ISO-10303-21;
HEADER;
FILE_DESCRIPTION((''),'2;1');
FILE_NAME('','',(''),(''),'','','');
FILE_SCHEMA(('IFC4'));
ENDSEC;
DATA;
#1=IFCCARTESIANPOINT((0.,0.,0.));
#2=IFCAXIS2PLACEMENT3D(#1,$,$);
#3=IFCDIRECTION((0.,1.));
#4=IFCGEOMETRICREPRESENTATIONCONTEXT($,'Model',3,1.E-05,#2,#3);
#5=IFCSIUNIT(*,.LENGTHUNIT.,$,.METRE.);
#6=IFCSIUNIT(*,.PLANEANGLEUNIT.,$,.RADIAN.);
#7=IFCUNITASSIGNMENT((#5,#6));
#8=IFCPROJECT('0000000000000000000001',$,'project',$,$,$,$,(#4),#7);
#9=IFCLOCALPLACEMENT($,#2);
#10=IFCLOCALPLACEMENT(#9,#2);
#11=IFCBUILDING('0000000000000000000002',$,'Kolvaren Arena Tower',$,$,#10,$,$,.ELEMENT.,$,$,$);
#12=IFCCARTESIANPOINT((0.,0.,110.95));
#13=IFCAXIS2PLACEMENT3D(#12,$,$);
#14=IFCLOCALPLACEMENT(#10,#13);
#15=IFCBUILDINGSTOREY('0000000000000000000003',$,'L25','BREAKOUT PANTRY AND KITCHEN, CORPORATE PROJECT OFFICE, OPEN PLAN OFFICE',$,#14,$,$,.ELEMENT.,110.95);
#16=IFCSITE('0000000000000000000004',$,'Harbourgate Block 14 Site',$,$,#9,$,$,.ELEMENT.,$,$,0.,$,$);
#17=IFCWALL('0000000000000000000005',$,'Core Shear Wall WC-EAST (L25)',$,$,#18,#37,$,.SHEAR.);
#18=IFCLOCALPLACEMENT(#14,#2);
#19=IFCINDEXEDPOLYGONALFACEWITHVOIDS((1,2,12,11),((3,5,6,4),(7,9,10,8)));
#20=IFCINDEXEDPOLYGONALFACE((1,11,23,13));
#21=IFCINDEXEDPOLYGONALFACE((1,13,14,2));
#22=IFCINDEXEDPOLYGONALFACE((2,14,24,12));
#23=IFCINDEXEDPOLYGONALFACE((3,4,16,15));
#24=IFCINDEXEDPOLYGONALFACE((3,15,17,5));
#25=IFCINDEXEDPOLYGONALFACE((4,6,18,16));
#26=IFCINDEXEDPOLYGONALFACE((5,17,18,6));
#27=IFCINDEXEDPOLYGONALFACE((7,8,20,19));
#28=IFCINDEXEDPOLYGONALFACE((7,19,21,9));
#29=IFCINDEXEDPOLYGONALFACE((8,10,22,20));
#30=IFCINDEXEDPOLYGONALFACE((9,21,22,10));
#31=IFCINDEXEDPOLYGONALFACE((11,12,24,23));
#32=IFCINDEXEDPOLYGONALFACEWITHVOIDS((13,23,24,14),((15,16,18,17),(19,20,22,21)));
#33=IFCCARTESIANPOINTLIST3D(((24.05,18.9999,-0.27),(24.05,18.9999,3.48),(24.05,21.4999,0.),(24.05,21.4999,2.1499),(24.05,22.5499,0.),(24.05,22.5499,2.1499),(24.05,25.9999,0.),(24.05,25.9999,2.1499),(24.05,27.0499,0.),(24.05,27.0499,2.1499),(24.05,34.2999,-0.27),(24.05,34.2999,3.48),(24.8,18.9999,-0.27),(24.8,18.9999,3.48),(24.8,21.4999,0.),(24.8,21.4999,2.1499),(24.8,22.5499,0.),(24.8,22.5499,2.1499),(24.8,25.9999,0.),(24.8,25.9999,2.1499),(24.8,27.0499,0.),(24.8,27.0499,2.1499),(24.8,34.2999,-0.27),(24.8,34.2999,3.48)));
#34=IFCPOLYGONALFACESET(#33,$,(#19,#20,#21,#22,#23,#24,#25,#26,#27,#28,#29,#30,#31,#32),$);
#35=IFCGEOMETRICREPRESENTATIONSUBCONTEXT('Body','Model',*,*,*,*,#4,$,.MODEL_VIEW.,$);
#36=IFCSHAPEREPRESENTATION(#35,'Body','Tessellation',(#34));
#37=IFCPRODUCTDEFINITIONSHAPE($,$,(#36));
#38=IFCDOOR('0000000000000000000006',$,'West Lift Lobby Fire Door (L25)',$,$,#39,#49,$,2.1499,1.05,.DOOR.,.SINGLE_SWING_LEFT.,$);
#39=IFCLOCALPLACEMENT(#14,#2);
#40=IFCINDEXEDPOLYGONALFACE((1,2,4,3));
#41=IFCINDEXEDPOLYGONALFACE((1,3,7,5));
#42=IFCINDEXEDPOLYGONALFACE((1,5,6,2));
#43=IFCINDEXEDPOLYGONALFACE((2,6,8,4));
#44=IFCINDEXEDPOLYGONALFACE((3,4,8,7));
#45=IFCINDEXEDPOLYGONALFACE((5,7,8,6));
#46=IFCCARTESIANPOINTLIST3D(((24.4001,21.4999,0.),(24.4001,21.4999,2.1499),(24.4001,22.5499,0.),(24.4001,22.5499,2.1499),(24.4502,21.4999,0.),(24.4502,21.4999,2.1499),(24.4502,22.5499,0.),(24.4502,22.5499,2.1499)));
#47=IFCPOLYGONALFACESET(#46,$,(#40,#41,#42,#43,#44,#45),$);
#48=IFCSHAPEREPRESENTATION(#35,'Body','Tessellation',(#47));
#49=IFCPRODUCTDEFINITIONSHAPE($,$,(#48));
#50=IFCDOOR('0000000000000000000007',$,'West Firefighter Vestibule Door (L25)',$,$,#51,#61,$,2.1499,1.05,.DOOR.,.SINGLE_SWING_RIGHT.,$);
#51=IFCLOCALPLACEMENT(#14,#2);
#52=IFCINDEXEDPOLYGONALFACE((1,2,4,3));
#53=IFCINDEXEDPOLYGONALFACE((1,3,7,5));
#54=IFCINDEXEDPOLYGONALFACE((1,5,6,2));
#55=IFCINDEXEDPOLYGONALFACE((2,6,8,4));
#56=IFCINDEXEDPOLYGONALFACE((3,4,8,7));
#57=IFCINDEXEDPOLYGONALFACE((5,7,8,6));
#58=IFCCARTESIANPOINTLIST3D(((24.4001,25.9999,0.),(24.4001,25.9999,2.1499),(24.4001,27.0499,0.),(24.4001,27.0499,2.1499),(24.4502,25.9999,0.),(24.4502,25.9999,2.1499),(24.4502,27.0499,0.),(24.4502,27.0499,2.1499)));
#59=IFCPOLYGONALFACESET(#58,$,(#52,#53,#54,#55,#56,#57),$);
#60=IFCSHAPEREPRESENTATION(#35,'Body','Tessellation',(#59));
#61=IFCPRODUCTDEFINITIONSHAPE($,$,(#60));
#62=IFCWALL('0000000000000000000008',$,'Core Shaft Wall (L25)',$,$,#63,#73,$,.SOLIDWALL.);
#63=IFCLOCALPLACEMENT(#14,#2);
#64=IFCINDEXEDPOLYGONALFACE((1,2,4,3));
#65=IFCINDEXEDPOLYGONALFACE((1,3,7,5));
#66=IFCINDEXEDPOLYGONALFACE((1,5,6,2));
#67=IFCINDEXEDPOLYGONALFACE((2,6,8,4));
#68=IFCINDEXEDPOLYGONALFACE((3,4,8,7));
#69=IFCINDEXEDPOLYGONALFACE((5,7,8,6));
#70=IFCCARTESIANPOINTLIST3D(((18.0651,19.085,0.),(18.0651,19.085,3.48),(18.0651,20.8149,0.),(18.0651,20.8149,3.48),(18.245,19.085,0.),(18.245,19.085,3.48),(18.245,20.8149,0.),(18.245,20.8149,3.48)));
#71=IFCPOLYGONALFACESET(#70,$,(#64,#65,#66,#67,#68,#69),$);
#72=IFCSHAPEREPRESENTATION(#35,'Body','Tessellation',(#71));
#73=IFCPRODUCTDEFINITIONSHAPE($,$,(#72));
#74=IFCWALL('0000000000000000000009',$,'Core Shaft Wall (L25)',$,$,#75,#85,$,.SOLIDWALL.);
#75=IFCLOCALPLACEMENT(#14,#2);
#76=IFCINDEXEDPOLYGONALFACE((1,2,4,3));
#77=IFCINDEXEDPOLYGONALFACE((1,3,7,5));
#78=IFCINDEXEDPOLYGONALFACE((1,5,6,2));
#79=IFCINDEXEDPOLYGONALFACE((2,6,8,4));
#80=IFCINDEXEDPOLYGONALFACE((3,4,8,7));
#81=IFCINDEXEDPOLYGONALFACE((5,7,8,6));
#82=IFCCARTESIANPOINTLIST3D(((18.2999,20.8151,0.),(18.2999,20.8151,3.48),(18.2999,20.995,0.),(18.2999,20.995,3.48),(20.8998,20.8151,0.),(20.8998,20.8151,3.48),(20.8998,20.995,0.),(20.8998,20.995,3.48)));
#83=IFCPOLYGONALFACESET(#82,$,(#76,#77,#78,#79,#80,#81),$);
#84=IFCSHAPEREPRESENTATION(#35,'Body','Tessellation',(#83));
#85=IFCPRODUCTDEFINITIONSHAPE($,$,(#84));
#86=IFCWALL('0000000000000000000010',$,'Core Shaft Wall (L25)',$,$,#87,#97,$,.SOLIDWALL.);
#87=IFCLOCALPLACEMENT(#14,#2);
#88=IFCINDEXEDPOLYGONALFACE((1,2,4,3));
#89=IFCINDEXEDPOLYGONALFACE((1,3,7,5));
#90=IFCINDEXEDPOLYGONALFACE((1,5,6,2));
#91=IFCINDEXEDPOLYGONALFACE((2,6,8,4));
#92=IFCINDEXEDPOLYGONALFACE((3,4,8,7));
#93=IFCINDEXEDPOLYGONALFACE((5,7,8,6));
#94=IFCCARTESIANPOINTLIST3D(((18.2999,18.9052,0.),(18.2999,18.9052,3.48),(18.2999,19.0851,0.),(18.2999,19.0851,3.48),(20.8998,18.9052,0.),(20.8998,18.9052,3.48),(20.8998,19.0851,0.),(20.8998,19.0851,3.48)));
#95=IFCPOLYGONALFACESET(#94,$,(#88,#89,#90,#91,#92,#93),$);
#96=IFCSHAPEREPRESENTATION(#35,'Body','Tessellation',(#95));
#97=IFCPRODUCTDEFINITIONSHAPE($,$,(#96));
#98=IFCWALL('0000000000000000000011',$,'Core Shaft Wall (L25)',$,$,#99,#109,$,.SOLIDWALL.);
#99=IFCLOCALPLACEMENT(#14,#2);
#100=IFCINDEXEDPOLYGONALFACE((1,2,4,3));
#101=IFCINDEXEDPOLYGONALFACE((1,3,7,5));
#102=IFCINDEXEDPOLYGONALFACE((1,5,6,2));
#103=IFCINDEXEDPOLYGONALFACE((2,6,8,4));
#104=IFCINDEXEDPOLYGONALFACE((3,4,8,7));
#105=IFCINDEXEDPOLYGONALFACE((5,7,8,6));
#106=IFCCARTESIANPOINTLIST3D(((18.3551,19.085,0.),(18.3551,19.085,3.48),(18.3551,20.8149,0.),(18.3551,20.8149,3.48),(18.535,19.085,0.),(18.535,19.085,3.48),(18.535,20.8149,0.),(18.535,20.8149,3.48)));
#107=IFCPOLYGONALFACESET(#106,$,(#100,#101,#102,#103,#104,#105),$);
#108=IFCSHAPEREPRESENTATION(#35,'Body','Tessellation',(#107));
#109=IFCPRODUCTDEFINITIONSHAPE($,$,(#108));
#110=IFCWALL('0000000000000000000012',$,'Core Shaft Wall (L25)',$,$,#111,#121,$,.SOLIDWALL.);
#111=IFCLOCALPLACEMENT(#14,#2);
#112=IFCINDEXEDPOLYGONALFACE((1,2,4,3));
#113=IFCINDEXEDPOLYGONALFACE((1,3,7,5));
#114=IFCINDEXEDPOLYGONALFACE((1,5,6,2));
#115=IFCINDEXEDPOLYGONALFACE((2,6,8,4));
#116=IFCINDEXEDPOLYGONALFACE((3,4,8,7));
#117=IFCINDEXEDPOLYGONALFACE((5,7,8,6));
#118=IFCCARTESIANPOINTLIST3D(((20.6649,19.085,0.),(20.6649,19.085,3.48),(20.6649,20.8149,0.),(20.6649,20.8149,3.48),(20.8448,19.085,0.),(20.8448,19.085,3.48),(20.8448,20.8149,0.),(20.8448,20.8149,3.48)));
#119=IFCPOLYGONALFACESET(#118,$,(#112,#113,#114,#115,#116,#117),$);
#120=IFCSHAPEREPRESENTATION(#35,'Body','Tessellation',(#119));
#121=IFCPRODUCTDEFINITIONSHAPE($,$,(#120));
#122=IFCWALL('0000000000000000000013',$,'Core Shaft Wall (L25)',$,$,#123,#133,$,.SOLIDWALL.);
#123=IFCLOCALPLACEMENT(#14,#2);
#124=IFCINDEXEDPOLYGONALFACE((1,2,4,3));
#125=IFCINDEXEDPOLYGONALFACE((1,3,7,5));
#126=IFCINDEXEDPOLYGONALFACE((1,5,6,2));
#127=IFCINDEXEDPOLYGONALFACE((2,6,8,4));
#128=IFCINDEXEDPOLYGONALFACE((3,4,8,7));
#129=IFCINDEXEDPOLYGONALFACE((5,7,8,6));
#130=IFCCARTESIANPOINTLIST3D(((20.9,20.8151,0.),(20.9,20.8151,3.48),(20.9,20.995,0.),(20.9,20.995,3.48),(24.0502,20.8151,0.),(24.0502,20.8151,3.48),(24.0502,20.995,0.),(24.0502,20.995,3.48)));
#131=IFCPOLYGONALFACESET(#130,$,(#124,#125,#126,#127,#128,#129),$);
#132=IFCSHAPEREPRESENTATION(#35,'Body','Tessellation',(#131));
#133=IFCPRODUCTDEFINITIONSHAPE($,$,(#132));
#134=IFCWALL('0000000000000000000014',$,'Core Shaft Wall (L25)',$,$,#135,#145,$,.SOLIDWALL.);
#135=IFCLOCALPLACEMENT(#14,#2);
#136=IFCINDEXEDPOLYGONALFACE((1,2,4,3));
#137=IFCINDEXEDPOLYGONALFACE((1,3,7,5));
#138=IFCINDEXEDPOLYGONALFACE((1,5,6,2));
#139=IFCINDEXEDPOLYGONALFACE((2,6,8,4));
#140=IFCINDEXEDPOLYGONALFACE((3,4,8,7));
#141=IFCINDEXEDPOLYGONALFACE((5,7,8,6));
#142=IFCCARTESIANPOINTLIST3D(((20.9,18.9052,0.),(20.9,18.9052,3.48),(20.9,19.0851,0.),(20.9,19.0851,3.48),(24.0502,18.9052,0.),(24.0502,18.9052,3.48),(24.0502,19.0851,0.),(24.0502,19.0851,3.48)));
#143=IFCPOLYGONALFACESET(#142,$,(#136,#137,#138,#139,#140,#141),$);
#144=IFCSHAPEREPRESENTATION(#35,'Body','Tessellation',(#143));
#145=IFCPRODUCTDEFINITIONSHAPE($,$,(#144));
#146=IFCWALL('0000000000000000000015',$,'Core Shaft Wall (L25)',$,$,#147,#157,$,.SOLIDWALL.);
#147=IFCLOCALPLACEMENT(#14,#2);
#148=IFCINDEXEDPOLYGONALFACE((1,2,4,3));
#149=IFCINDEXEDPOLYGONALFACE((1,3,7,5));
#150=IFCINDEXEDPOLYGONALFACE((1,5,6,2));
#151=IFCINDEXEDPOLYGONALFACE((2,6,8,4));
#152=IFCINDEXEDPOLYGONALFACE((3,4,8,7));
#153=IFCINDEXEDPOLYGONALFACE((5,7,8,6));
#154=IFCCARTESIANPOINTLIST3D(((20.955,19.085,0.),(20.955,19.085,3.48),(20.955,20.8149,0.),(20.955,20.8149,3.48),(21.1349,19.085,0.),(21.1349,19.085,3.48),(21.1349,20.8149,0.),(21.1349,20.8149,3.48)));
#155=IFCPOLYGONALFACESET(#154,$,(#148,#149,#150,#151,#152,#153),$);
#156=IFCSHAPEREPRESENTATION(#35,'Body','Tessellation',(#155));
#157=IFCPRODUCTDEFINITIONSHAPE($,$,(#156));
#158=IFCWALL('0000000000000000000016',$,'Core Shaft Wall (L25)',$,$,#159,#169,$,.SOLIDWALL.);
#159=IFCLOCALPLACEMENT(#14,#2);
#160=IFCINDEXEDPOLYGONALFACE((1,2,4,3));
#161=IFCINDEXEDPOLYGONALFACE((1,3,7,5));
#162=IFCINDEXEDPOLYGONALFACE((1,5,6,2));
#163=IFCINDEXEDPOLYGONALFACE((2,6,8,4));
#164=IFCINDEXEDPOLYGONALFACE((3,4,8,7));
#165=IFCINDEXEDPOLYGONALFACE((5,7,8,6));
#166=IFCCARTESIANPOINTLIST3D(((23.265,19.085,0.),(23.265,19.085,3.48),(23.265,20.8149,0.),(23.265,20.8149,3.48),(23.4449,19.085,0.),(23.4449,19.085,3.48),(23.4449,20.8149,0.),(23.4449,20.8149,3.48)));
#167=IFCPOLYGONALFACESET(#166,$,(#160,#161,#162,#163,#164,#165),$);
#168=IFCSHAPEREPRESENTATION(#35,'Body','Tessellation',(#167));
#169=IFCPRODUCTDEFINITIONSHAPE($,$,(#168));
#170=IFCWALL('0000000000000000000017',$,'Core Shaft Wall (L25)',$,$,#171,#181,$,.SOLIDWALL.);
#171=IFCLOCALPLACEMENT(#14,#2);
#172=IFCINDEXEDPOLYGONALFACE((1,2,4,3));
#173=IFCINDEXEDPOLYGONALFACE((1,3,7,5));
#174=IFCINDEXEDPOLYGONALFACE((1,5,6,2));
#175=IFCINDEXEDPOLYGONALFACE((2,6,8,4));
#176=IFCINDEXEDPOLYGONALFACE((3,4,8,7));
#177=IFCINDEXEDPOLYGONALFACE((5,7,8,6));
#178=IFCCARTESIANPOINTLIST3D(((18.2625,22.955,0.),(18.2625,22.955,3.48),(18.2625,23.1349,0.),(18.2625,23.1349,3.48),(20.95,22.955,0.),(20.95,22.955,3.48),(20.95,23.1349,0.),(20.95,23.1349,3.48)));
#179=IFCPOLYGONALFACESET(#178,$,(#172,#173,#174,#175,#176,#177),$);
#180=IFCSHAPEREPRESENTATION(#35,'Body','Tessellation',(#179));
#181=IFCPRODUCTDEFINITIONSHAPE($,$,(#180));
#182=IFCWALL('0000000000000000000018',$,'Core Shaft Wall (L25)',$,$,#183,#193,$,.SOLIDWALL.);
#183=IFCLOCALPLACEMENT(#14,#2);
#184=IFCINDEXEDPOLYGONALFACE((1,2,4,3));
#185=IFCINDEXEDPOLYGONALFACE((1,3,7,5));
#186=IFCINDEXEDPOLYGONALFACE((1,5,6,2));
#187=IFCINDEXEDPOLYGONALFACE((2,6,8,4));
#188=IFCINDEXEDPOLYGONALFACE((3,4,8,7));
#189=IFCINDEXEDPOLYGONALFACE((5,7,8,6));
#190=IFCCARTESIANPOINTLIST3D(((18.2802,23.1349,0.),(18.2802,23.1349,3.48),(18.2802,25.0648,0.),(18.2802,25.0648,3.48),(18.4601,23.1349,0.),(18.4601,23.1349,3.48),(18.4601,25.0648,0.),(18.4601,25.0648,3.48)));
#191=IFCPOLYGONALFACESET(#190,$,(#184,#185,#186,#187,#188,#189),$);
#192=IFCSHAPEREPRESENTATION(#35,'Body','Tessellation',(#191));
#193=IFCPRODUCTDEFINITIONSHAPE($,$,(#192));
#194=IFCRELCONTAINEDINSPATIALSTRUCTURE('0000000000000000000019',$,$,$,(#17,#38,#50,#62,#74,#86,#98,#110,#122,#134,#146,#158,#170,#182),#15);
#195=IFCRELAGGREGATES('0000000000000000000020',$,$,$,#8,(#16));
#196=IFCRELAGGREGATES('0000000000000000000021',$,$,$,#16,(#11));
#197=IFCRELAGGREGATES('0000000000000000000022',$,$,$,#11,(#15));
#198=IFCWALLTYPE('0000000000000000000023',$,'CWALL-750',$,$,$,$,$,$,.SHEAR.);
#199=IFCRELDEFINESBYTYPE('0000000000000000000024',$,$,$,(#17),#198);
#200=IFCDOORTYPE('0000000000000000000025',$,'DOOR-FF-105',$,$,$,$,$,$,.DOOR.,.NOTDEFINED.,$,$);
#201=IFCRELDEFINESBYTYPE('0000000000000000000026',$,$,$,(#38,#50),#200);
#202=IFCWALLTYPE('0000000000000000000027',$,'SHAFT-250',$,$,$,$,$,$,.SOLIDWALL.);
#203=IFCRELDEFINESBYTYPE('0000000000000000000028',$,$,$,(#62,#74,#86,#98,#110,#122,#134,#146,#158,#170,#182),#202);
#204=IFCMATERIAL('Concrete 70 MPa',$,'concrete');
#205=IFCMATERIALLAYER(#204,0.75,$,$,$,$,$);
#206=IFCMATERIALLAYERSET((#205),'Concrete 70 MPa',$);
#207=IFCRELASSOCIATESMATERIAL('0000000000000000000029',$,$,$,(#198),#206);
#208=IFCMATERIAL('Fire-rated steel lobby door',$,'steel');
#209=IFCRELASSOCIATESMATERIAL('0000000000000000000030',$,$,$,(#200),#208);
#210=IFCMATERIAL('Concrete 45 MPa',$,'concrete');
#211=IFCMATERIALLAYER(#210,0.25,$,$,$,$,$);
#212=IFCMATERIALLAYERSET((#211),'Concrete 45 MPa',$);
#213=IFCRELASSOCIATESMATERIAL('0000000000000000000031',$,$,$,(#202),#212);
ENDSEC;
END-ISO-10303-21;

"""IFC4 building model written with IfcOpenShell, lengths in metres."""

from ifc_helpers import new_model, si_unit, direction, frame, frame_2d, origin, place, context, subcontext, project, spatial, rectangle, extrude, material, layer, layer_set, type_object, element, fill, save


model = new_model("IFC4")

# Units and contexts
model_context = context("Model", 3, precision=1e-05, world=origin(), true_north=direction((0.0, 1.0)))
body_context = subcontext(model_context, "Body", "Model", "MODEL_VIEW")
ifc_project = project(units=[si_unit("LENGTHUNIT", "METRE"), si_unit("PLANEANGLEUNIT", "RADIAN")], contexts=[model_context])

# Site, building, storey
site_placement = place(None, origin())
site = spatial("IfcSite", under=ifc_project, at=site_placement, Name="Harbourgate Block 14 Site", CompositionType="ELEMENT", RefElevation=0.0)
building_placement = place(site_placement, origin())
building = spatial("IfcBuilding", under=site, at=building_placement, Name="Kolvaren Arena Tower", CompositionType="ELEMENT")
storey_placement = place(building_placement, frame((0.0, 0.0, 110.95)))
storey = spatial("IfcBuildingStorey", under=building, at=storey_placement, Name="L25", Description="BREAKOUT PANTRY AND KITCHEN, CORPORATE PROJECT OFFICE, OPEN PLAN OFFICE", CompositionType="ELEMENT", Elevation=110.95)

# Wall, openings, doors
ifc_material_1 = material(Name="Concrete 70 MPa", Category="concrete")
ifc_layer_1 = layer(ifc_material_1, 0.75)
ifc_layer_set_1 = layer_set([ifc_layer_1], Name="Concrete 70 MPa")
wall_type_1 = type_object("IfcWallType", Name="CWALL-750", PredefinedType="SHEAR", material=ifc_layer_set_1)
wall_1_placement = place(storey_placement, frame((24.425, 19.0, -0.27), z_axis=(0.0, 0.0, 1.0), x_axis=(0.0, 1.0, 0.0)))
wall_1 = element("IfcWall", 1, at=wall_1_placement, inside=storey, type_object=wall_type_1, Name="Core Shear Wall WC-EAST (L25)", PredefinedType="SHEAR", context=body_context, shape_type="SweptSolid", body=[
    extrude(rectangle(XDim=15.3, YDim=0.75, at=frame_2d((7.6499, 0.0))), origin(), (0.0, 0.0, 1.0), 3.75),
])
opening_1_placement = place(wall_1_placement, frame((2.5, 0.0, 0.27)))
opening_1 = element("IfcOpeningElement", 2, at=opening_1_placement, cuts=wall_1, PredefinedType="OPENING", context=body_context, shape_type="SweptSolid", body=[
    extrude(rectangle(XDim=1.05, YDim=2.1499, at=frame_2d((0.5249, 1.075))), frame((0.0, 0.385, 0.0), z_axis=(0.0, -1.0, 0.0), x_axis=(1.0, 0.0, 0.0)), (0.0, 0.0, 1.0), 0.77),
])
opening_2_placement = place(wall_1_placement, frame((7.0, 0.0, 0.27)))
opening_2 = element("IfcOpeningElement", 3, at=opening_2_placement, cuts=wall_1, PredefinedType="OPENING", context=body_context, shape_type="SweptSolid", body=[
    extrude(rectangle(XDim=1.05, YDim=2.1499, at=frame_2d((0.5249, 1.075))), frame((0.0, 0.385, 0.0), z_axis=(0.0, -1.0, 0.0), x_axis=(1.0, 0.0, 0.0)), (0.0, 0.0, 1.0), 0.77),
])
ifc_material_2 = material(Name="Fire-rated steel lobby door", Category="steel")
door_type_1 = type_object("IfcDoorType", Name="DOOR-FF-105", OperationType="NOTDEFINED", PredefinedType="DOOR", material=ifc_material_2)
door_1_placement = place(opening_1_placement, origin())
door_1 = element("IfcDoor", 4, at=door_1_placement, inside=storey, type_object=door_type_1, Name="West Lift Lobby Fire Door (L25)", OperationType="SINGLE_SWING_LEFT", OverallHeight=2.1499, OverallWidth=1.05, PredefinedType="DOOR", context=body_context, shape_type="SweptSolid", body=[
    extrude(rectangle(XDim=1.05, YDim=2.1499, at=frame_2d((0.5249, 1.075))), frame((0.0, 0.0249, 0.0), z_axis=(0.0, -1.0, 0.0), x_axis=(1.0, 0.0, 0.0)), (0.0, 0.0, 1.0), 0.05),
])
fill(opening_1, door_1)
door_2_placement = place(opening_2_placement, origin())
door_2 = element("IfcDoor", 5, at=door_2_placement, inside=storey, type_object=door_type_1, Name="West Firefighter Vestibule Door (L25)", OperationType="SINGLE_SWING_RIGHT", OverallHeight=2.1499, OverallWidth=1.05, PredefinedType="DOOR", context=body_context, shape_type="SweptSolid", body=[
    extrude(rectangle(XDim=1.05, YDim=2.1499, at=frame_2d((0.5249, 1.075))), frame((0.0, 0.0249, 0.0), z_axis=(0.0, -1.0, 0.0), x_axis=(1.0, 0.0, 0.0)), (0.0, 0.0, 1.0), 0.05),
])
fill(opening_2, door_2)

# Walls
ifc_material_3 = material(Name="Concrete 45 MPa", Category="concrete")
ifc_layer_2 = layer(ifc_material_3, 0.25)
ifc_layer_set_2 = layer_set([ifc_layer_2], Name="Concrete 45 MPa")
wall_type_2 = type_object("IfcWallType", Name="SHAFT-250", PredefinedType="SOLIDWALL", material=ifc_layer_set_2)
wall_2_placement = place(storey_placement, frame((18.155, 19.085, 0.0), z_axis=(0.0, 0.0, 1.0), x_axis=(0.0, 1.0, 0.0)))
element("IfcWall", 6, at=wall_2_placement, inside=storey, type_object=wall_type_2, Name="Core Shaft Wall (L25)", PredefinedType="SOLIDWALL", context=body_context, shape_type="SweptSolid", body=[
    extrude(rectangle(XDim=1.73, YDim=0.1799, at=frame_2d((0.865, 0.0))), origin(), (0.0, 0.0, 1.0), 3.48),
])
for number, where, z_axis, x_axis, name in (
    (7, (18.3, 20.905, 0.0), (0.0, 0.0, 1.0), (1.0, 0.0, 0.0), "Core Shaft Wall (L25)"),
    (8, (18.3, 18.9951, 0.0), (0.0, 0.0, 1.0), (1.0, 0.0, 0.0), "Core Shaft Wall (L25)"),
):
    element("IfcWall", number, at=place(storey_placement, frame(where, z_axis=z_axis, x_axis=x_axis)), inside=storey, type_object=wall_type_2, Name=name, PredefinedType="SOLIDWALL", context=body_context, shape_type="SweptSolid", body=[
        extrude(rectangle(XDim=2.5999, YDim=0.1799, at=frame_2d((1.2998, 0.0))), origin(), (0.0, 0.0, 1.0), 3.48),
    ])
for number, where, z_axis, x_axis, name in (
    (9, (18.4451, 19.085, 0.0), (0.0, 0.0, 1.0), (0.0, 1.0, 0.0), "Core Shaft Wall (L25)"),
    (10, (20.7549, 19.085, 0.0), (0.0, 0.0, 1.0), (0.0, 1.0, 0.0), "Core Shaft Wall (L25)"),
):
    element("IfcWall", number, at=place(storey_placement, frame(where, z_axis=z_axis, x_axis=x_axis)), inside=storey, type_object=wall_type_2, Name=name, PredefinedType="SOLIDWALL", context=body_context, shape_type="SweptSolid", body=[
        extrude(rectangle(XDim=1.73, YDim=0.1799, at=frame_2d((0.865, 0.0))), origin(), (0.0, 0.0, 1.0), 3.48),
    ])
for number, where, z_axis, x_axis, name in (
    (11, (20.8999, 20.905, 0.0), (0.0, 0.0, 1.0), (1.0, 0.0, 0.0), "Core Shaft Wall (L25)"),
    (12, (20.8999, 18.9951, 0.0), (0.0, 0.0, 1.0), (1.0, 0.0, 0.0), "Core Shaft Wall (L25)"),
):
    element("IfcWall", number, at=place(storey_placement, frame(where, z_axis=z_axis, x_axis=x_axis)), inside=storey, type_object=wall_type_2, Name=name, PredefinedType="SOLIDWALL", context=body_context, shape_type="SweptSolid", body=[
        extrude(rectangle(XDim=3.1501, YDim=0.1799, at=frame_2d((1.5752, 0.0))), origin(), (0.0, 0.0, 1.0), 3.48),
    ])
for number, where, z_axis, x_axis, name in (
    (13, (21.0449, 19.085, 0.0), (0.0, 0.0, 1.0), (0.0, 1.0, 0.0), "Core Shaft Wall (L25)"),
    (14, (23.355, 19.085, 0.0), (0.0, 0.0, 1.0), (0.0, 1.0, 0.0), "Core Shaft Wall (L25)"),
):
    element("IfcWall", number, at=place(storey_placement, frame(where, z_axis=z_axis, x_axis=x_axis)), inside=storey, type_object=wall_type_2, Name=name, PredefinedType="SOLIDWALL", context=body_context, shape_type="SweptSolid", body=[
        extrude(rectangle(XDim=1.73, YDim=0.1799, at=frame_2d((0.865, 0.0))), origin(), (0.0, 0.0, 1.0), 3.48),
    ])
wall_3_placement = place(storey_placement, frame((18.2625, 23.0449, 0.0), z_axis=(0.0, 0.0, 1.0), x_axis=(1.0, 0.0, 0.0)))
element("IfcWall", 15, at=wall_3_placement, inside=storey, type_object=wall_type_2, Name="Core Shaft Wall (L25)", PredefinedType="SOLIDWALL", context=body_context, shape_type="SweptSolid", body=[
    extrude(rectangle(XDim=2.6875, YDim=0.1799, at=frame_2d((1.3438, 0.0))), origin(), (0.0, 0.0, 1.0), 3.48),
])
for number, where, z_axis, x_axis, name in (
    (16, (18.3701, 23.135, 0.0), (0.0, 0.0, 1.0), (0.0, 1.0, 0.0), "Core Shaft Wall (L25)"),
):
    element("IfcWall", number, at=place(storey_placement, frame(where, z_axis=z_axis, x_axis=x_axis)), inside=storey, type_object=wall_type_2, Name=name, PredefinedType="SOLIDWALL", context=body_context, shape_type="SweptSolid", body=[
        extrude(rectangle(XDim=1.9299, YDim=0.1799, at=frame_2d((0.9648, 0.0))), origin(), (0.0, 0.0, 1.0), 3.48),
    ])

save(model, "model.ifc")
